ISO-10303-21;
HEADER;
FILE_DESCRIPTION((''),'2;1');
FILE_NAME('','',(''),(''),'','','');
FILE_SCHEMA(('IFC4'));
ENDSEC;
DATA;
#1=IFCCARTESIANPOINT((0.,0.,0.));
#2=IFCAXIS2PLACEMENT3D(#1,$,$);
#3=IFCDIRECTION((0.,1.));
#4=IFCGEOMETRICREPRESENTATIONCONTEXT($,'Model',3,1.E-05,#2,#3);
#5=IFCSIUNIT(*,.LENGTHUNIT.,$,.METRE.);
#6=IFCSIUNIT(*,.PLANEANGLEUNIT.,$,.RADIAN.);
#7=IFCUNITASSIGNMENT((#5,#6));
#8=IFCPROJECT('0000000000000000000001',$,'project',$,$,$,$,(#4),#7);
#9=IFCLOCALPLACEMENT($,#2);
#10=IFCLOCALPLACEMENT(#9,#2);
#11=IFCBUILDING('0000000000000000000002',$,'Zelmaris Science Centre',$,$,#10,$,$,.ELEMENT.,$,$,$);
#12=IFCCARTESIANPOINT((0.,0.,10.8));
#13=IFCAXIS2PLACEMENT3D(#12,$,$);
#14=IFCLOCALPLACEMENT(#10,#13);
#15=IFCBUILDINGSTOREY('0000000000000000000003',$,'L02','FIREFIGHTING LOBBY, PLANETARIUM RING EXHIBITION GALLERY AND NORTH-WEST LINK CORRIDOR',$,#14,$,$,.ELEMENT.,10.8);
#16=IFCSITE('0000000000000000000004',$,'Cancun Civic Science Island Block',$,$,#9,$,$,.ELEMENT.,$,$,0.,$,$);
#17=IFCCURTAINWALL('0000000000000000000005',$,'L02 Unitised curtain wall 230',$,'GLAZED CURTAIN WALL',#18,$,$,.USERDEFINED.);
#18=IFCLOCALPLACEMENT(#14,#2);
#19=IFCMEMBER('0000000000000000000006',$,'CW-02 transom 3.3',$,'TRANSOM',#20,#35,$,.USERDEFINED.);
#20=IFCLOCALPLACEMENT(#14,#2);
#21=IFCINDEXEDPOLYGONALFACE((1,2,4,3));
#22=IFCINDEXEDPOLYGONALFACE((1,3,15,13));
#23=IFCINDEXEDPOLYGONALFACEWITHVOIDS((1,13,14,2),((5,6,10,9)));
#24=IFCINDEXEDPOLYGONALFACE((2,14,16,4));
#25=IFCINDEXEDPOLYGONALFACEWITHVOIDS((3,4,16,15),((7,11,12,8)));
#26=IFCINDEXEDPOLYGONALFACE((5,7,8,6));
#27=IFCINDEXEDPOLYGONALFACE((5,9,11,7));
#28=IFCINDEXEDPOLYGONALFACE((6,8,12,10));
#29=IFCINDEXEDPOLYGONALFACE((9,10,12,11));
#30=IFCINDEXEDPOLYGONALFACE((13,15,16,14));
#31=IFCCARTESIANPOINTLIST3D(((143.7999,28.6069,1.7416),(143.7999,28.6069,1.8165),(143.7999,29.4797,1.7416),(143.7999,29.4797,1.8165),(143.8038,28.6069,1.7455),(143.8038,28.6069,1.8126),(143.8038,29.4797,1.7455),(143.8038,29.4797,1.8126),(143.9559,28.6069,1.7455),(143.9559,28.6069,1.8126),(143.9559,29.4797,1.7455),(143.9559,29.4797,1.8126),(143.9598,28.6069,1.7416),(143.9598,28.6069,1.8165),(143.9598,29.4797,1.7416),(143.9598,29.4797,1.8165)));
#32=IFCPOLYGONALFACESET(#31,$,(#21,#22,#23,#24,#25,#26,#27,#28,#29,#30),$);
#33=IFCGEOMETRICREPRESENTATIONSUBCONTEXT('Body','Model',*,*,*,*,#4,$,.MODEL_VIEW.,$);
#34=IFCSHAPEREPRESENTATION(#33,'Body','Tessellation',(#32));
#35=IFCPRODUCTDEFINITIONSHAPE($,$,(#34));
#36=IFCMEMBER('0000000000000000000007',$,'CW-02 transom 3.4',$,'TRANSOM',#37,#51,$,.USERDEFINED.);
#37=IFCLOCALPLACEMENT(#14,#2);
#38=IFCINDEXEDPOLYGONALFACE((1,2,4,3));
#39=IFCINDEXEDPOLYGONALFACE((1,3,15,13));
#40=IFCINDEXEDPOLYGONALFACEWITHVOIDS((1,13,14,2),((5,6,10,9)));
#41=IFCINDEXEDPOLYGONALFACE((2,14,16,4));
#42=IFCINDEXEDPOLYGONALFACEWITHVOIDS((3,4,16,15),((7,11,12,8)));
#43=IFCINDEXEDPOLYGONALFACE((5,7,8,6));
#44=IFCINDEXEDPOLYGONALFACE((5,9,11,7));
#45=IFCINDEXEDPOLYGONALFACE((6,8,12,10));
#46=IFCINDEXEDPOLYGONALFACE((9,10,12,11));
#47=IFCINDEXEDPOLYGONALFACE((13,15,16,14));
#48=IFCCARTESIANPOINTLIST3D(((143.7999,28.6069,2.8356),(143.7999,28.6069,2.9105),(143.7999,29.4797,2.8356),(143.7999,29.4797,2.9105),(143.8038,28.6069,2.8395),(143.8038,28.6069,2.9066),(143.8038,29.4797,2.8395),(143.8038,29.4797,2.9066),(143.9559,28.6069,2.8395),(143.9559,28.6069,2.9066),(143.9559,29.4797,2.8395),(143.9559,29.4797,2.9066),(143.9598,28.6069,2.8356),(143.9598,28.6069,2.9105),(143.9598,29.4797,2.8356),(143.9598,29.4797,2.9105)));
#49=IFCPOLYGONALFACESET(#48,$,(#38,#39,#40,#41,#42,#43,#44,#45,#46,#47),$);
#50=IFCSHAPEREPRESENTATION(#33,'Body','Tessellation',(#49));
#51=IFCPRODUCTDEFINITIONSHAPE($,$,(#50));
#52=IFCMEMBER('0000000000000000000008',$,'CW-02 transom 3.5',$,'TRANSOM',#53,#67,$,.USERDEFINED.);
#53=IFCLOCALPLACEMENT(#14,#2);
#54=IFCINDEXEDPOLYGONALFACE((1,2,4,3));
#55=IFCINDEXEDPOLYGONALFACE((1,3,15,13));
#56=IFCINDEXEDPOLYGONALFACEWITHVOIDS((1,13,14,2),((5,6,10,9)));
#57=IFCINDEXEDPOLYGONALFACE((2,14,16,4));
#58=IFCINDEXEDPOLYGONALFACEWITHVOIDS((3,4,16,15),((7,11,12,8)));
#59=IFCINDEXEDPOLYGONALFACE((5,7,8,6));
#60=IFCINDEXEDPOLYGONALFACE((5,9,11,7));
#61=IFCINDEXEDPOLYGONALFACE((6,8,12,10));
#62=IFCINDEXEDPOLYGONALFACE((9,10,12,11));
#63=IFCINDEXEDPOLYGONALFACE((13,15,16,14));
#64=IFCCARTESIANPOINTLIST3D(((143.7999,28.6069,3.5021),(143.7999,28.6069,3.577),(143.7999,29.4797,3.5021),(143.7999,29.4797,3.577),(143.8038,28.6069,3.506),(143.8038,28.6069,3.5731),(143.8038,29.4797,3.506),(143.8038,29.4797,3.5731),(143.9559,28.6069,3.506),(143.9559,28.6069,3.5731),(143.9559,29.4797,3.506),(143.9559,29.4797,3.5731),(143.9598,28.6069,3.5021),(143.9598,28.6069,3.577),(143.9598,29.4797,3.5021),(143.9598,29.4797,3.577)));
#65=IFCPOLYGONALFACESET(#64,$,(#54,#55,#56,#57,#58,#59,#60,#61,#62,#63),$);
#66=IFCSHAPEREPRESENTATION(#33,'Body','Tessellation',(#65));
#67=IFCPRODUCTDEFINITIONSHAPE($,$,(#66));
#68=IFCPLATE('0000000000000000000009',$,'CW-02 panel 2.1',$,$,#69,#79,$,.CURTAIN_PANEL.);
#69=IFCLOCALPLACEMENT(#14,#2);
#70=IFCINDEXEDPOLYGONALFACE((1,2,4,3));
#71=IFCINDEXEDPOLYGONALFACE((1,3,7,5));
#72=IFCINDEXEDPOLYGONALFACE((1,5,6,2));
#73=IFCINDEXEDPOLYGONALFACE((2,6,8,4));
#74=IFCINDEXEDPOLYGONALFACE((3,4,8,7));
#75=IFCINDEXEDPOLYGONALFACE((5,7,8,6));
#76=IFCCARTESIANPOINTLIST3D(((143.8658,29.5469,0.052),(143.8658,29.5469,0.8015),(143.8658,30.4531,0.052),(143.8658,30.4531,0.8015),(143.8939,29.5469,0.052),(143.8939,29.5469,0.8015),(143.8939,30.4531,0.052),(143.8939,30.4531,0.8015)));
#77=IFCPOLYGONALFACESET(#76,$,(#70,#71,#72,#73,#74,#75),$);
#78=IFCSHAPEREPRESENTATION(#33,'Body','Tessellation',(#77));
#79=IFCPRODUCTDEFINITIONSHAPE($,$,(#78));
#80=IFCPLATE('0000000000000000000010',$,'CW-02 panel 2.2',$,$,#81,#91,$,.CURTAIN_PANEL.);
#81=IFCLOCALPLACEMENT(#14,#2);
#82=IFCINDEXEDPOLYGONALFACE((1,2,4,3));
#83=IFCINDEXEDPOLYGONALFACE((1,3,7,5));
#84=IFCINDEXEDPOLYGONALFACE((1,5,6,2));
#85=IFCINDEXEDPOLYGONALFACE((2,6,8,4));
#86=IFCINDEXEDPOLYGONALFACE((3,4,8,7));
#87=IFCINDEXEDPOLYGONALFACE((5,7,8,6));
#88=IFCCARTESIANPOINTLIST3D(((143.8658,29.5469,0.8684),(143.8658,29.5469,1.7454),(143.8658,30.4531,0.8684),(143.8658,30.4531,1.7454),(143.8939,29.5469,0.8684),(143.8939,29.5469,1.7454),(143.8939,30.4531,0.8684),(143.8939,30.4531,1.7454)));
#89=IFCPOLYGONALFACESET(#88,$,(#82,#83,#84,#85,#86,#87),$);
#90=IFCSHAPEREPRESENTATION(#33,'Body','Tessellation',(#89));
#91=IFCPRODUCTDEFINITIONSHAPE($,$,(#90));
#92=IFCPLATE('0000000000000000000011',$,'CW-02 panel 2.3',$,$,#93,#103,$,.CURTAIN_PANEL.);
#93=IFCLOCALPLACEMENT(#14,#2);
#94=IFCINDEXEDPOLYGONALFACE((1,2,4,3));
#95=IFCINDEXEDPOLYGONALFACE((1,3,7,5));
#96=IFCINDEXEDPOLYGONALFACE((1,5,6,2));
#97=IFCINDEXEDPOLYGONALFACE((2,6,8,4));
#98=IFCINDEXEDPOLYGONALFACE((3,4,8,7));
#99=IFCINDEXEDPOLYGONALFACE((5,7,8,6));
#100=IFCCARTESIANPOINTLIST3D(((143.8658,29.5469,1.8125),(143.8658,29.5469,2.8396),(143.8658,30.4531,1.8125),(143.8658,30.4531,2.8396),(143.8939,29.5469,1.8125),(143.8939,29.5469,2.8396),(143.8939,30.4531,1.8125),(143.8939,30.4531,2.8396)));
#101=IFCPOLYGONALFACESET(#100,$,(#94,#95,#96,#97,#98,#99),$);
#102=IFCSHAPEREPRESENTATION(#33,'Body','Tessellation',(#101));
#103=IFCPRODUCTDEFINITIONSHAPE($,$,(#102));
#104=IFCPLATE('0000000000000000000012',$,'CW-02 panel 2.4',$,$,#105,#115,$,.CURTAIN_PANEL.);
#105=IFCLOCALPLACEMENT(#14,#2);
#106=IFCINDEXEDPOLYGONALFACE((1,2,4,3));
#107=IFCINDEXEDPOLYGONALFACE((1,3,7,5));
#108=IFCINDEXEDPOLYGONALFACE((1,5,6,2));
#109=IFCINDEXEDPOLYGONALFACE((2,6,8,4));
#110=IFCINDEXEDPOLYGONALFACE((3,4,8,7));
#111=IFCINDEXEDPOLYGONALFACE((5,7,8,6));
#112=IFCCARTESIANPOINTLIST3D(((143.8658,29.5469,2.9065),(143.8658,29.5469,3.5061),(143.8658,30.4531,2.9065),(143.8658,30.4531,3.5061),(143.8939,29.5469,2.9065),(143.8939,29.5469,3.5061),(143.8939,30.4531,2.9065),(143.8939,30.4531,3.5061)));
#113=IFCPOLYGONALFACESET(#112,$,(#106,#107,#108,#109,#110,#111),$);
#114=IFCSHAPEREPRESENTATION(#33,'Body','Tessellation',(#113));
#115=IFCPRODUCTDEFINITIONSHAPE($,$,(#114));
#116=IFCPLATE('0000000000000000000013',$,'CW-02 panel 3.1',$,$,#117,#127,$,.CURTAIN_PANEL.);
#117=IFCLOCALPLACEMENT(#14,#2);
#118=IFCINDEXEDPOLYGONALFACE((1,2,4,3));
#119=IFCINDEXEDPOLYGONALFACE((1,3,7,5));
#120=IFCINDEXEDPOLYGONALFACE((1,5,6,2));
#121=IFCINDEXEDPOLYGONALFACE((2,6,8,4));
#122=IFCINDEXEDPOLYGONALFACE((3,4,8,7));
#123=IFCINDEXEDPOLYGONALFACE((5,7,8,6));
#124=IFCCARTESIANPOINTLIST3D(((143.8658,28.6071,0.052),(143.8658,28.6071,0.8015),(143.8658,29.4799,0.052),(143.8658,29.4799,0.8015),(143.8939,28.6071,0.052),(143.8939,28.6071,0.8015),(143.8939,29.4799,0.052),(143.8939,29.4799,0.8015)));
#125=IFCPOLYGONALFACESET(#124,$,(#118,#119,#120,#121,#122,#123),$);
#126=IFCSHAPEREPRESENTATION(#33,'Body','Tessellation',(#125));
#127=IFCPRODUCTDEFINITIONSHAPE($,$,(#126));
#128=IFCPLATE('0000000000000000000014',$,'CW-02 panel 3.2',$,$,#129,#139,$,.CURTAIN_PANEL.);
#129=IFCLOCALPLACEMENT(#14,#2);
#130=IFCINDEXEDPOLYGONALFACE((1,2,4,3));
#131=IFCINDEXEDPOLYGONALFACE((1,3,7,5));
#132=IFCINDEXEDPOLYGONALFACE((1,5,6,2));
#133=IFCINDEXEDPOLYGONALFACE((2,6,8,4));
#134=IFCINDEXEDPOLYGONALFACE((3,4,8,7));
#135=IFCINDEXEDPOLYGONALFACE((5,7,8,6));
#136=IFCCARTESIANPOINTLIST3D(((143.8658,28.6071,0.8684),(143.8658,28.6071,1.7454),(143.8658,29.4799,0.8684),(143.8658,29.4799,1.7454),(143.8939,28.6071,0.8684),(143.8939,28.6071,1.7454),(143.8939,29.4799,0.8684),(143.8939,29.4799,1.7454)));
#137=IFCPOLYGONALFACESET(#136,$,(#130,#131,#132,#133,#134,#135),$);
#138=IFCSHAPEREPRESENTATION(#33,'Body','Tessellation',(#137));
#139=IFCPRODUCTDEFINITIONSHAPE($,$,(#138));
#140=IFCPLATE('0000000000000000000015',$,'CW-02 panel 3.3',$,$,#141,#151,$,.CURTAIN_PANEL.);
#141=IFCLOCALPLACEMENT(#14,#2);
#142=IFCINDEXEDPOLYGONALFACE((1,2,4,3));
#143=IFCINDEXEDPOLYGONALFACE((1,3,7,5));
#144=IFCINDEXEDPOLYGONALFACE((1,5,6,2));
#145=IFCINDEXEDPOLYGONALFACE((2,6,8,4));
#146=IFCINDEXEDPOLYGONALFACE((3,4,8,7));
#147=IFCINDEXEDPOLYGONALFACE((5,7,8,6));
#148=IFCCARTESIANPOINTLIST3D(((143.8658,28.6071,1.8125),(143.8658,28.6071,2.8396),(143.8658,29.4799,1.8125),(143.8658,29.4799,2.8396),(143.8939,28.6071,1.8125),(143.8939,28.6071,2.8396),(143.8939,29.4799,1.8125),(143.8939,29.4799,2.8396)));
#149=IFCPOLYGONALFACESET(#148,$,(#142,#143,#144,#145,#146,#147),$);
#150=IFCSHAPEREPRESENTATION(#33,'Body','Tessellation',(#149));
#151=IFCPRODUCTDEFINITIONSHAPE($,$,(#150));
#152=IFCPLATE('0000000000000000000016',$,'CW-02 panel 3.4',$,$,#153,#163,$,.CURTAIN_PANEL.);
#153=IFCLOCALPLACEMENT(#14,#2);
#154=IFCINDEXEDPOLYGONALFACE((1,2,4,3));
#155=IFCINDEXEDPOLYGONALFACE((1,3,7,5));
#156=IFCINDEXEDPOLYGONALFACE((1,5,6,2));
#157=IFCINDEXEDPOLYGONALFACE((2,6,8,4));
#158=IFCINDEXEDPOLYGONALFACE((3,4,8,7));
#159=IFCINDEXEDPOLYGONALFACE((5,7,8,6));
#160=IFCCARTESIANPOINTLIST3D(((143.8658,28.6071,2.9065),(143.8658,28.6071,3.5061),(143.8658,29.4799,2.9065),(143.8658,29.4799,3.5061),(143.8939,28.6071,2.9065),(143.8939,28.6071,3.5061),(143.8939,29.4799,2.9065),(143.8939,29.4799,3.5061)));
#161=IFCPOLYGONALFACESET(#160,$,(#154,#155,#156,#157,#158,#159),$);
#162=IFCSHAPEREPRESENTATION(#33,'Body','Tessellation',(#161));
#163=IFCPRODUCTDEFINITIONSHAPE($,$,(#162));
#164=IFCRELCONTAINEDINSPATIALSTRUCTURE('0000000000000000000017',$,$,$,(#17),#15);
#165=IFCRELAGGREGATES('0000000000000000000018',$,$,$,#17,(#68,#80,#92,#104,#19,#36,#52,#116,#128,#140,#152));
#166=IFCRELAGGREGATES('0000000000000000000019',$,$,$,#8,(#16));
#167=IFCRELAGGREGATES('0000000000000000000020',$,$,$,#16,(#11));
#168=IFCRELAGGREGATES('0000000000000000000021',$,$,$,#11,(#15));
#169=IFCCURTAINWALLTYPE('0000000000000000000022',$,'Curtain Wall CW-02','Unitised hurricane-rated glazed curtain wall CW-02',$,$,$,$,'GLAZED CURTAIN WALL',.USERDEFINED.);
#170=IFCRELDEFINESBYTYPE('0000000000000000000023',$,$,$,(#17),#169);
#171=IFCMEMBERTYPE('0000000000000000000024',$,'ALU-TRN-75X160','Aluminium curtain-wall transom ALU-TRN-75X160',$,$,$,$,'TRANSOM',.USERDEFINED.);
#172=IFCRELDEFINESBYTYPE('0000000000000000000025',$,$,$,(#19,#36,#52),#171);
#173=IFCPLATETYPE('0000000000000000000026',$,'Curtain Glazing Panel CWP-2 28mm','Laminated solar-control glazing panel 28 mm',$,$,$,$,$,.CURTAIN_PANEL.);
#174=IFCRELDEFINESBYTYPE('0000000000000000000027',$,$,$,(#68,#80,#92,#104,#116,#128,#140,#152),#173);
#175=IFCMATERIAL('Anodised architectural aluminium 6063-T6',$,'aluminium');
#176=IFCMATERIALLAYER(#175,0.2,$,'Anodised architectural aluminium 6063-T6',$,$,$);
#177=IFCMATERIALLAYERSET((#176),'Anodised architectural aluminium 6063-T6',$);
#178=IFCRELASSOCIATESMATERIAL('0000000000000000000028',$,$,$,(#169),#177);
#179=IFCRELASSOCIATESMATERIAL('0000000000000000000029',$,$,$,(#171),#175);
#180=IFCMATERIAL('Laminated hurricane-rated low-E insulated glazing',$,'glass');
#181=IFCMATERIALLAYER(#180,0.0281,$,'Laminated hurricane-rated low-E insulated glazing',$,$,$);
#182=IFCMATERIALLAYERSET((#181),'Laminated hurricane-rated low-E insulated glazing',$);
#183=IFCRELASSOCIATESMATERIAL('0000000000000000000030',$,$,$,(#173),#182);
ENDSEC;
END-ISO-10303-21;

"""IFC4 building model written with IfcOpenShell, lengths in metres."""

from ifc_helpers import new_model, si_unit, direction, frame, origin, origin_2d, place, context, subcontext, project, spatial, rectangle, hollow_rectangle, extrude, material, layer, layer_set, material_profile, profile_set, type_object, element, aggregate, save


model = new_model("IFC4")

# Units and contexts
model_context = context("Model", 3, precision=1e-05, world=origin(), true_north=direction((0.0, 1.0)))
body_context = subcontext(model_context, "Body", "Model", "MODEL_VIEW")
ifc_project = project(units=[si_unit("LENGTHUNIT", "METRE"), si_unit("PLANEANGLEUNIT", "RADIAN")], contexts=[model_context])

# Site, building, storey
site_placement = place(None, origin())
site = spatial("IfcSite", under=ifc_project, at=site_placement, Name="Cancun Civic Science Island Block", CompositionType="ELEMENT", RefElevation=0.0)
building_placement = place(site_placement, origin())
building = spatial("IfcBuilding", under=site, at=building_placement, Name="Zelmaris Science Centre", CompositionType="ELEMENT")
storey_placement = place(building_placement, frame((0.0, 0.0, 10.8)))
storey = spatial("IfcBuildingStorey", under=building, at=storey_placement, Name="L02", Description="FIREFIGHTING LOBBY, PLANETARIUM RING EXHIBITION GALLERY AND NORTH-WEST LINK CORRIDOR", CompositionType="ELEMENT", Elevation=10.8)

# Shared definitions
ifc_material_1 = material(Name="Anodised architectural aluminium 6063-T6", Category="aluminium")

# Curtain wall
ifc_layer_1 = layer(ifc_material_1, 0.2, Name="Anodised architectural aluminium 6063-T6")
ifc_layer_set_1 = layer_set([ifc_layer_1], Name="Anodised architectural aluminium 6063-T6")
curtain_wall_type_1 = type_object("IfcCurtainWallType", Name="Curtain Wall CW-02", Description="Unitised hurricane-rated glazed curtain wall CW-02", ElementType="GLAZED CURTAIN WALL", PredefinedType="USERDEFINED", material=ifc_layer_set_1)
curtain_wall_1_placement = place(storey_placement, origin())
curtain_wall_1 = element("IfcCurtainWall", 1, at=curtain_wall_1_placement, inside=storey, type_object=curtain_wall_type_1, Name="L02 Unitised curtain wall 230", ObjectType="GLAZED CURTAIN WALL", PredefinedType="USERDEFINED")

# Members
ifc_material_profile_1 = material_profile(ifc_material_1, hollow_rectangle(XDim=0.075, YDim=0.1599, WallThickness=0.0039, at=origin_2d()), Name="ALU-TRN-75X160")
ifc_profile_set_1 = profile_set([ifc_material_profile_1], Name="Anodised architectural aluminium 6063-T6")
member_type_1 = type_object("IfcMemberType", Name="ALU-TRN-75X160", Description="Aluminium curtain-wall transom ALU-TRN-75X160", ElementType="TRANSOM", PredefinedType="USERDEFINED", material=ifc_profile_set_1)
member_1_placement = place(storey_placement, frame((143.8799, 29.4797, 1.7791), z_axis=(0.0, -1.0, 0.0), x_axis=(0.0, 0.0, 1.0)))
member_1 = element("IfcMember", 2, at=member_1_placement, type_object=member_type_1, Name="CW-02 transom 3.3", ObjectType="TRANSOM", PredefinedType="USERDEFINED", context=body_context, shape_type="SweptSolid", body=[
    extrude(hollow_rectangle(XDim=0.075, YDim=0.1599, WallThickness=0.0039, at=origin_2d()), origin(), (0.0, 0.0, 1.0), 0.8728),
])
member_2_placement = place(storey_placement, frame((143.8799, 29.4797, 2.873), z_axis=(0.0, -1.0, 0.0), x_axis=(0.0, 0.0, 1.0)))
member_2 = element("IfcMember", 3, at=member_2_placement, type_object=member_type_1, Name="CW-02 transom 3.4", ObjectType="TRANSOM", PredefinedType="USERDEFINED", context=body_context, shape_type="SweptSolid", body=[
    extrude(hollow_rectangle(XDim=0.075, YDim=0.1599, WallThickness=0.0039, at=origin_2d()), origin(), (0.0, 0.0, 1.0), 0.8728),
])
member_3_placement = place(storey_placement, frame((143.8799, 29.4797, 3.5396), z_axis=(0.0, -1.0, 0.0), x_axis=(0.0, 0.0, 1.0)))
member_3 = element("IfcMember", 4, at=member_3_placement, type_object=member_type_1, Name="CW-02 transom 3.5", ObjectType="TRANSOM", PredefinedType="USERDEFINED", context=body_context, shape_type="SweptSolid", body=[
    extrude(hollow_rectangle(XDim=0.075, YDim=0.1599, WallThickness=0.0039, at=origin_2d()), origin(), (0.0, 0.0, 1.0), 0.8728),
])

# Plates
ifc_material_2 = material(Name="Laminated hurricane-rated low-E insulated glazing", Category="glass")
ifc_layer_2 = layer(ifc_material_2, 0.0281, Name="Laminated hurricane-rated low-E insulated glazing")
ifc_layer_set_2 = layer_set([ifc_layer_2], Name="Laminated hurricane-rated low-E insulated glazing")
plate_type = type_object("IfcPlateType", Name="Curtain Glazing Panel CWP-2 28mm", Description="Laminated solar-control glazing panel 28 mm", PredefinedType="CURTAIN_PANEL", material=ifc_layer_set_2)
plate_1_placement = place(storey_placement, frame((143.8799, 30.0, 0.052), z_axis=(0.0, 0.0, 1.0), x_axis=(0.0, -1.0, 0.0)))
plate_1 = element("IfcPlate", 5, at=plate_1_placement, type_object=plate_type, Name="CW-02 panel 2.1", PredefinedType="CURTAIN_PANEL", context=body_context, shape_type="SweptSolid", body=[
    extrude(rectangle(XDim=0.9062, YDim=0.0281, at=origin_2d()), origin(), (0.0, 0.0, 1.0), 0.7495),
])
plate_2_placement = place(storey_placement, frame((143.8799, 30.0, 0.8684), z_axis=(0.0, 0.0, 1.0), x_axis=(0.0, -1.0, 0.0)))
plate_2 = element("IfcPlate", 6, at=plate_2_placement, type_object=plate_type, Name="CW-02 panel 2.2", PredefinedType="CURTAIN_PANEL", context=body_context, shape_type="SweptSolid", body=[
    extrude(rectangle(XDim=0.9062, YDim=0.0281, at=origin_2d()), origin(), (0.0, 0.0, 1.0), 0.877),
])
plate_3_placement = place(storey_placement, frame((143.8799, 30.0, 1.8125), z_axis=(0.0, 0.0, 1.0), x_axis=(0.0, -1.0, 0.0)))
plate_3 = element("IfcPlate", 7, at=plate_3_placement, type_object=plate_type, Name="CW-02 panel 2.3", PredefinedType="CURTAIN_PANEL", context=body_context, shape_type="SweptSolid", body=[
    extrude(rectangle(XDim=0.9062, YDim=0.0281, at=origin_2d()), origin(), (0.0, 0.0, 1.0), 1.0271),
])
plate_4_placement = place(storey_placement, frame((143.8799, 30.0, 2.9065), z_axis=(0.0, 0.0, 1.0), x_axis=(0.0, -1.0, 0.0)))
plate_4 = element("IfcPlate", 8, at=plate_4_placement, type_object=plate_type, Name="CW-02 panel 2.4", PredefinedType="CURTAIN_PANEL", context=body_context, shape_type="SweptSolid", body=[
    extrude(rectangle(XDim=0.9062, YDim=0.0281, at=origin_2d()), origin(), (0.0, 0.0, 1.0), 0.5996),
])
plate_5_placement = place(storey_placement, frame((143.8799, 29.0435, 0.052), z_axis=(0.0, 0.0, 1.0), x_axis=(0.0, -1.0, 0.0)))
plate_5 = element("IfcPlate", 9, at=plate_5_placement, type_object=plate_type, Name="CW-02 panel 3.1", PredefinedType="CURTAIN_PANEL", context=body_context, shape_type="SweptSolid", body=[
    extrude(rectangle(XDim=0.8728, YDim=0.0281, at=origin_2d()), origin(), (0.0, 0.0, 1.0), 0.7495),
])
plate_6_placement = place(storey_placement, frame((143.8799, 29.0435, 0.8684), z_axis=(0.0, 0.0, 1.0), x_axis=(0.0, -1.0, 0.0)))
plate_6 = element("IfcPlate", 10, at=plate_6_placement, type_object=plate_type, Name="CW-02 panel 3.2", PredefinedType="CURTAIN_PANEL", context=body_context, shape_type="SweptSolid", body=[
    extrude(rectangle(XDim=0.8728, YDim=0.0281, at=origin_2d()), origin(), (0.0, 0.0, 1.0), 0.877),
])
plate_7_placement = place(storey_placement, frame((143.8799, 29.0435, 1.8125), z_axis=(0.0, 0.0, 1.0), x_axis=(0.0, -1.0, 0.0)))
plate_7 = element("IfcPlate", 11, at=plate_7_placement, type_object=plate_type, Name="CW-02 panel 3.3", PredefinedType="CURTAIN_PANEL", context=body_context, shape_type="SweptSolid", body=[
    extrude(rectangle(XDim=0.8728, YDim=0.0281, at=origin_2d()), origin(), (0.0, 0.0, 1.0), 1.0271),
])
plate_8_placement = place(storey_placement, frame((143.8799, 29.0435, 2.9065), z_axis=(0.0, 0.0, 1.0), x_axis=(0.0, -1.0, 0.0)))
plate_8 = element("IfcPlate", 12, at=plate_8_placement, type_object=plate_type, Name="CW-02 panel 3.4", PredefinedType="CURTAIN_PANEL", context=body_context, shape_type="SweptSolid", body=[
    extrude(rectangle(XDim=0.8728, YDim=0.0281, at=origin_2d()), origin(), (0.0, 0.0, 1.0), 0.5996),
])
aggregate(curtain_wall_1, [plate_1, plate_2, plate_3, plate_4, member_1, member_2, member_3, plate_5, plate_6, plate_7, plate_8])

save(model, "model.ifc")
